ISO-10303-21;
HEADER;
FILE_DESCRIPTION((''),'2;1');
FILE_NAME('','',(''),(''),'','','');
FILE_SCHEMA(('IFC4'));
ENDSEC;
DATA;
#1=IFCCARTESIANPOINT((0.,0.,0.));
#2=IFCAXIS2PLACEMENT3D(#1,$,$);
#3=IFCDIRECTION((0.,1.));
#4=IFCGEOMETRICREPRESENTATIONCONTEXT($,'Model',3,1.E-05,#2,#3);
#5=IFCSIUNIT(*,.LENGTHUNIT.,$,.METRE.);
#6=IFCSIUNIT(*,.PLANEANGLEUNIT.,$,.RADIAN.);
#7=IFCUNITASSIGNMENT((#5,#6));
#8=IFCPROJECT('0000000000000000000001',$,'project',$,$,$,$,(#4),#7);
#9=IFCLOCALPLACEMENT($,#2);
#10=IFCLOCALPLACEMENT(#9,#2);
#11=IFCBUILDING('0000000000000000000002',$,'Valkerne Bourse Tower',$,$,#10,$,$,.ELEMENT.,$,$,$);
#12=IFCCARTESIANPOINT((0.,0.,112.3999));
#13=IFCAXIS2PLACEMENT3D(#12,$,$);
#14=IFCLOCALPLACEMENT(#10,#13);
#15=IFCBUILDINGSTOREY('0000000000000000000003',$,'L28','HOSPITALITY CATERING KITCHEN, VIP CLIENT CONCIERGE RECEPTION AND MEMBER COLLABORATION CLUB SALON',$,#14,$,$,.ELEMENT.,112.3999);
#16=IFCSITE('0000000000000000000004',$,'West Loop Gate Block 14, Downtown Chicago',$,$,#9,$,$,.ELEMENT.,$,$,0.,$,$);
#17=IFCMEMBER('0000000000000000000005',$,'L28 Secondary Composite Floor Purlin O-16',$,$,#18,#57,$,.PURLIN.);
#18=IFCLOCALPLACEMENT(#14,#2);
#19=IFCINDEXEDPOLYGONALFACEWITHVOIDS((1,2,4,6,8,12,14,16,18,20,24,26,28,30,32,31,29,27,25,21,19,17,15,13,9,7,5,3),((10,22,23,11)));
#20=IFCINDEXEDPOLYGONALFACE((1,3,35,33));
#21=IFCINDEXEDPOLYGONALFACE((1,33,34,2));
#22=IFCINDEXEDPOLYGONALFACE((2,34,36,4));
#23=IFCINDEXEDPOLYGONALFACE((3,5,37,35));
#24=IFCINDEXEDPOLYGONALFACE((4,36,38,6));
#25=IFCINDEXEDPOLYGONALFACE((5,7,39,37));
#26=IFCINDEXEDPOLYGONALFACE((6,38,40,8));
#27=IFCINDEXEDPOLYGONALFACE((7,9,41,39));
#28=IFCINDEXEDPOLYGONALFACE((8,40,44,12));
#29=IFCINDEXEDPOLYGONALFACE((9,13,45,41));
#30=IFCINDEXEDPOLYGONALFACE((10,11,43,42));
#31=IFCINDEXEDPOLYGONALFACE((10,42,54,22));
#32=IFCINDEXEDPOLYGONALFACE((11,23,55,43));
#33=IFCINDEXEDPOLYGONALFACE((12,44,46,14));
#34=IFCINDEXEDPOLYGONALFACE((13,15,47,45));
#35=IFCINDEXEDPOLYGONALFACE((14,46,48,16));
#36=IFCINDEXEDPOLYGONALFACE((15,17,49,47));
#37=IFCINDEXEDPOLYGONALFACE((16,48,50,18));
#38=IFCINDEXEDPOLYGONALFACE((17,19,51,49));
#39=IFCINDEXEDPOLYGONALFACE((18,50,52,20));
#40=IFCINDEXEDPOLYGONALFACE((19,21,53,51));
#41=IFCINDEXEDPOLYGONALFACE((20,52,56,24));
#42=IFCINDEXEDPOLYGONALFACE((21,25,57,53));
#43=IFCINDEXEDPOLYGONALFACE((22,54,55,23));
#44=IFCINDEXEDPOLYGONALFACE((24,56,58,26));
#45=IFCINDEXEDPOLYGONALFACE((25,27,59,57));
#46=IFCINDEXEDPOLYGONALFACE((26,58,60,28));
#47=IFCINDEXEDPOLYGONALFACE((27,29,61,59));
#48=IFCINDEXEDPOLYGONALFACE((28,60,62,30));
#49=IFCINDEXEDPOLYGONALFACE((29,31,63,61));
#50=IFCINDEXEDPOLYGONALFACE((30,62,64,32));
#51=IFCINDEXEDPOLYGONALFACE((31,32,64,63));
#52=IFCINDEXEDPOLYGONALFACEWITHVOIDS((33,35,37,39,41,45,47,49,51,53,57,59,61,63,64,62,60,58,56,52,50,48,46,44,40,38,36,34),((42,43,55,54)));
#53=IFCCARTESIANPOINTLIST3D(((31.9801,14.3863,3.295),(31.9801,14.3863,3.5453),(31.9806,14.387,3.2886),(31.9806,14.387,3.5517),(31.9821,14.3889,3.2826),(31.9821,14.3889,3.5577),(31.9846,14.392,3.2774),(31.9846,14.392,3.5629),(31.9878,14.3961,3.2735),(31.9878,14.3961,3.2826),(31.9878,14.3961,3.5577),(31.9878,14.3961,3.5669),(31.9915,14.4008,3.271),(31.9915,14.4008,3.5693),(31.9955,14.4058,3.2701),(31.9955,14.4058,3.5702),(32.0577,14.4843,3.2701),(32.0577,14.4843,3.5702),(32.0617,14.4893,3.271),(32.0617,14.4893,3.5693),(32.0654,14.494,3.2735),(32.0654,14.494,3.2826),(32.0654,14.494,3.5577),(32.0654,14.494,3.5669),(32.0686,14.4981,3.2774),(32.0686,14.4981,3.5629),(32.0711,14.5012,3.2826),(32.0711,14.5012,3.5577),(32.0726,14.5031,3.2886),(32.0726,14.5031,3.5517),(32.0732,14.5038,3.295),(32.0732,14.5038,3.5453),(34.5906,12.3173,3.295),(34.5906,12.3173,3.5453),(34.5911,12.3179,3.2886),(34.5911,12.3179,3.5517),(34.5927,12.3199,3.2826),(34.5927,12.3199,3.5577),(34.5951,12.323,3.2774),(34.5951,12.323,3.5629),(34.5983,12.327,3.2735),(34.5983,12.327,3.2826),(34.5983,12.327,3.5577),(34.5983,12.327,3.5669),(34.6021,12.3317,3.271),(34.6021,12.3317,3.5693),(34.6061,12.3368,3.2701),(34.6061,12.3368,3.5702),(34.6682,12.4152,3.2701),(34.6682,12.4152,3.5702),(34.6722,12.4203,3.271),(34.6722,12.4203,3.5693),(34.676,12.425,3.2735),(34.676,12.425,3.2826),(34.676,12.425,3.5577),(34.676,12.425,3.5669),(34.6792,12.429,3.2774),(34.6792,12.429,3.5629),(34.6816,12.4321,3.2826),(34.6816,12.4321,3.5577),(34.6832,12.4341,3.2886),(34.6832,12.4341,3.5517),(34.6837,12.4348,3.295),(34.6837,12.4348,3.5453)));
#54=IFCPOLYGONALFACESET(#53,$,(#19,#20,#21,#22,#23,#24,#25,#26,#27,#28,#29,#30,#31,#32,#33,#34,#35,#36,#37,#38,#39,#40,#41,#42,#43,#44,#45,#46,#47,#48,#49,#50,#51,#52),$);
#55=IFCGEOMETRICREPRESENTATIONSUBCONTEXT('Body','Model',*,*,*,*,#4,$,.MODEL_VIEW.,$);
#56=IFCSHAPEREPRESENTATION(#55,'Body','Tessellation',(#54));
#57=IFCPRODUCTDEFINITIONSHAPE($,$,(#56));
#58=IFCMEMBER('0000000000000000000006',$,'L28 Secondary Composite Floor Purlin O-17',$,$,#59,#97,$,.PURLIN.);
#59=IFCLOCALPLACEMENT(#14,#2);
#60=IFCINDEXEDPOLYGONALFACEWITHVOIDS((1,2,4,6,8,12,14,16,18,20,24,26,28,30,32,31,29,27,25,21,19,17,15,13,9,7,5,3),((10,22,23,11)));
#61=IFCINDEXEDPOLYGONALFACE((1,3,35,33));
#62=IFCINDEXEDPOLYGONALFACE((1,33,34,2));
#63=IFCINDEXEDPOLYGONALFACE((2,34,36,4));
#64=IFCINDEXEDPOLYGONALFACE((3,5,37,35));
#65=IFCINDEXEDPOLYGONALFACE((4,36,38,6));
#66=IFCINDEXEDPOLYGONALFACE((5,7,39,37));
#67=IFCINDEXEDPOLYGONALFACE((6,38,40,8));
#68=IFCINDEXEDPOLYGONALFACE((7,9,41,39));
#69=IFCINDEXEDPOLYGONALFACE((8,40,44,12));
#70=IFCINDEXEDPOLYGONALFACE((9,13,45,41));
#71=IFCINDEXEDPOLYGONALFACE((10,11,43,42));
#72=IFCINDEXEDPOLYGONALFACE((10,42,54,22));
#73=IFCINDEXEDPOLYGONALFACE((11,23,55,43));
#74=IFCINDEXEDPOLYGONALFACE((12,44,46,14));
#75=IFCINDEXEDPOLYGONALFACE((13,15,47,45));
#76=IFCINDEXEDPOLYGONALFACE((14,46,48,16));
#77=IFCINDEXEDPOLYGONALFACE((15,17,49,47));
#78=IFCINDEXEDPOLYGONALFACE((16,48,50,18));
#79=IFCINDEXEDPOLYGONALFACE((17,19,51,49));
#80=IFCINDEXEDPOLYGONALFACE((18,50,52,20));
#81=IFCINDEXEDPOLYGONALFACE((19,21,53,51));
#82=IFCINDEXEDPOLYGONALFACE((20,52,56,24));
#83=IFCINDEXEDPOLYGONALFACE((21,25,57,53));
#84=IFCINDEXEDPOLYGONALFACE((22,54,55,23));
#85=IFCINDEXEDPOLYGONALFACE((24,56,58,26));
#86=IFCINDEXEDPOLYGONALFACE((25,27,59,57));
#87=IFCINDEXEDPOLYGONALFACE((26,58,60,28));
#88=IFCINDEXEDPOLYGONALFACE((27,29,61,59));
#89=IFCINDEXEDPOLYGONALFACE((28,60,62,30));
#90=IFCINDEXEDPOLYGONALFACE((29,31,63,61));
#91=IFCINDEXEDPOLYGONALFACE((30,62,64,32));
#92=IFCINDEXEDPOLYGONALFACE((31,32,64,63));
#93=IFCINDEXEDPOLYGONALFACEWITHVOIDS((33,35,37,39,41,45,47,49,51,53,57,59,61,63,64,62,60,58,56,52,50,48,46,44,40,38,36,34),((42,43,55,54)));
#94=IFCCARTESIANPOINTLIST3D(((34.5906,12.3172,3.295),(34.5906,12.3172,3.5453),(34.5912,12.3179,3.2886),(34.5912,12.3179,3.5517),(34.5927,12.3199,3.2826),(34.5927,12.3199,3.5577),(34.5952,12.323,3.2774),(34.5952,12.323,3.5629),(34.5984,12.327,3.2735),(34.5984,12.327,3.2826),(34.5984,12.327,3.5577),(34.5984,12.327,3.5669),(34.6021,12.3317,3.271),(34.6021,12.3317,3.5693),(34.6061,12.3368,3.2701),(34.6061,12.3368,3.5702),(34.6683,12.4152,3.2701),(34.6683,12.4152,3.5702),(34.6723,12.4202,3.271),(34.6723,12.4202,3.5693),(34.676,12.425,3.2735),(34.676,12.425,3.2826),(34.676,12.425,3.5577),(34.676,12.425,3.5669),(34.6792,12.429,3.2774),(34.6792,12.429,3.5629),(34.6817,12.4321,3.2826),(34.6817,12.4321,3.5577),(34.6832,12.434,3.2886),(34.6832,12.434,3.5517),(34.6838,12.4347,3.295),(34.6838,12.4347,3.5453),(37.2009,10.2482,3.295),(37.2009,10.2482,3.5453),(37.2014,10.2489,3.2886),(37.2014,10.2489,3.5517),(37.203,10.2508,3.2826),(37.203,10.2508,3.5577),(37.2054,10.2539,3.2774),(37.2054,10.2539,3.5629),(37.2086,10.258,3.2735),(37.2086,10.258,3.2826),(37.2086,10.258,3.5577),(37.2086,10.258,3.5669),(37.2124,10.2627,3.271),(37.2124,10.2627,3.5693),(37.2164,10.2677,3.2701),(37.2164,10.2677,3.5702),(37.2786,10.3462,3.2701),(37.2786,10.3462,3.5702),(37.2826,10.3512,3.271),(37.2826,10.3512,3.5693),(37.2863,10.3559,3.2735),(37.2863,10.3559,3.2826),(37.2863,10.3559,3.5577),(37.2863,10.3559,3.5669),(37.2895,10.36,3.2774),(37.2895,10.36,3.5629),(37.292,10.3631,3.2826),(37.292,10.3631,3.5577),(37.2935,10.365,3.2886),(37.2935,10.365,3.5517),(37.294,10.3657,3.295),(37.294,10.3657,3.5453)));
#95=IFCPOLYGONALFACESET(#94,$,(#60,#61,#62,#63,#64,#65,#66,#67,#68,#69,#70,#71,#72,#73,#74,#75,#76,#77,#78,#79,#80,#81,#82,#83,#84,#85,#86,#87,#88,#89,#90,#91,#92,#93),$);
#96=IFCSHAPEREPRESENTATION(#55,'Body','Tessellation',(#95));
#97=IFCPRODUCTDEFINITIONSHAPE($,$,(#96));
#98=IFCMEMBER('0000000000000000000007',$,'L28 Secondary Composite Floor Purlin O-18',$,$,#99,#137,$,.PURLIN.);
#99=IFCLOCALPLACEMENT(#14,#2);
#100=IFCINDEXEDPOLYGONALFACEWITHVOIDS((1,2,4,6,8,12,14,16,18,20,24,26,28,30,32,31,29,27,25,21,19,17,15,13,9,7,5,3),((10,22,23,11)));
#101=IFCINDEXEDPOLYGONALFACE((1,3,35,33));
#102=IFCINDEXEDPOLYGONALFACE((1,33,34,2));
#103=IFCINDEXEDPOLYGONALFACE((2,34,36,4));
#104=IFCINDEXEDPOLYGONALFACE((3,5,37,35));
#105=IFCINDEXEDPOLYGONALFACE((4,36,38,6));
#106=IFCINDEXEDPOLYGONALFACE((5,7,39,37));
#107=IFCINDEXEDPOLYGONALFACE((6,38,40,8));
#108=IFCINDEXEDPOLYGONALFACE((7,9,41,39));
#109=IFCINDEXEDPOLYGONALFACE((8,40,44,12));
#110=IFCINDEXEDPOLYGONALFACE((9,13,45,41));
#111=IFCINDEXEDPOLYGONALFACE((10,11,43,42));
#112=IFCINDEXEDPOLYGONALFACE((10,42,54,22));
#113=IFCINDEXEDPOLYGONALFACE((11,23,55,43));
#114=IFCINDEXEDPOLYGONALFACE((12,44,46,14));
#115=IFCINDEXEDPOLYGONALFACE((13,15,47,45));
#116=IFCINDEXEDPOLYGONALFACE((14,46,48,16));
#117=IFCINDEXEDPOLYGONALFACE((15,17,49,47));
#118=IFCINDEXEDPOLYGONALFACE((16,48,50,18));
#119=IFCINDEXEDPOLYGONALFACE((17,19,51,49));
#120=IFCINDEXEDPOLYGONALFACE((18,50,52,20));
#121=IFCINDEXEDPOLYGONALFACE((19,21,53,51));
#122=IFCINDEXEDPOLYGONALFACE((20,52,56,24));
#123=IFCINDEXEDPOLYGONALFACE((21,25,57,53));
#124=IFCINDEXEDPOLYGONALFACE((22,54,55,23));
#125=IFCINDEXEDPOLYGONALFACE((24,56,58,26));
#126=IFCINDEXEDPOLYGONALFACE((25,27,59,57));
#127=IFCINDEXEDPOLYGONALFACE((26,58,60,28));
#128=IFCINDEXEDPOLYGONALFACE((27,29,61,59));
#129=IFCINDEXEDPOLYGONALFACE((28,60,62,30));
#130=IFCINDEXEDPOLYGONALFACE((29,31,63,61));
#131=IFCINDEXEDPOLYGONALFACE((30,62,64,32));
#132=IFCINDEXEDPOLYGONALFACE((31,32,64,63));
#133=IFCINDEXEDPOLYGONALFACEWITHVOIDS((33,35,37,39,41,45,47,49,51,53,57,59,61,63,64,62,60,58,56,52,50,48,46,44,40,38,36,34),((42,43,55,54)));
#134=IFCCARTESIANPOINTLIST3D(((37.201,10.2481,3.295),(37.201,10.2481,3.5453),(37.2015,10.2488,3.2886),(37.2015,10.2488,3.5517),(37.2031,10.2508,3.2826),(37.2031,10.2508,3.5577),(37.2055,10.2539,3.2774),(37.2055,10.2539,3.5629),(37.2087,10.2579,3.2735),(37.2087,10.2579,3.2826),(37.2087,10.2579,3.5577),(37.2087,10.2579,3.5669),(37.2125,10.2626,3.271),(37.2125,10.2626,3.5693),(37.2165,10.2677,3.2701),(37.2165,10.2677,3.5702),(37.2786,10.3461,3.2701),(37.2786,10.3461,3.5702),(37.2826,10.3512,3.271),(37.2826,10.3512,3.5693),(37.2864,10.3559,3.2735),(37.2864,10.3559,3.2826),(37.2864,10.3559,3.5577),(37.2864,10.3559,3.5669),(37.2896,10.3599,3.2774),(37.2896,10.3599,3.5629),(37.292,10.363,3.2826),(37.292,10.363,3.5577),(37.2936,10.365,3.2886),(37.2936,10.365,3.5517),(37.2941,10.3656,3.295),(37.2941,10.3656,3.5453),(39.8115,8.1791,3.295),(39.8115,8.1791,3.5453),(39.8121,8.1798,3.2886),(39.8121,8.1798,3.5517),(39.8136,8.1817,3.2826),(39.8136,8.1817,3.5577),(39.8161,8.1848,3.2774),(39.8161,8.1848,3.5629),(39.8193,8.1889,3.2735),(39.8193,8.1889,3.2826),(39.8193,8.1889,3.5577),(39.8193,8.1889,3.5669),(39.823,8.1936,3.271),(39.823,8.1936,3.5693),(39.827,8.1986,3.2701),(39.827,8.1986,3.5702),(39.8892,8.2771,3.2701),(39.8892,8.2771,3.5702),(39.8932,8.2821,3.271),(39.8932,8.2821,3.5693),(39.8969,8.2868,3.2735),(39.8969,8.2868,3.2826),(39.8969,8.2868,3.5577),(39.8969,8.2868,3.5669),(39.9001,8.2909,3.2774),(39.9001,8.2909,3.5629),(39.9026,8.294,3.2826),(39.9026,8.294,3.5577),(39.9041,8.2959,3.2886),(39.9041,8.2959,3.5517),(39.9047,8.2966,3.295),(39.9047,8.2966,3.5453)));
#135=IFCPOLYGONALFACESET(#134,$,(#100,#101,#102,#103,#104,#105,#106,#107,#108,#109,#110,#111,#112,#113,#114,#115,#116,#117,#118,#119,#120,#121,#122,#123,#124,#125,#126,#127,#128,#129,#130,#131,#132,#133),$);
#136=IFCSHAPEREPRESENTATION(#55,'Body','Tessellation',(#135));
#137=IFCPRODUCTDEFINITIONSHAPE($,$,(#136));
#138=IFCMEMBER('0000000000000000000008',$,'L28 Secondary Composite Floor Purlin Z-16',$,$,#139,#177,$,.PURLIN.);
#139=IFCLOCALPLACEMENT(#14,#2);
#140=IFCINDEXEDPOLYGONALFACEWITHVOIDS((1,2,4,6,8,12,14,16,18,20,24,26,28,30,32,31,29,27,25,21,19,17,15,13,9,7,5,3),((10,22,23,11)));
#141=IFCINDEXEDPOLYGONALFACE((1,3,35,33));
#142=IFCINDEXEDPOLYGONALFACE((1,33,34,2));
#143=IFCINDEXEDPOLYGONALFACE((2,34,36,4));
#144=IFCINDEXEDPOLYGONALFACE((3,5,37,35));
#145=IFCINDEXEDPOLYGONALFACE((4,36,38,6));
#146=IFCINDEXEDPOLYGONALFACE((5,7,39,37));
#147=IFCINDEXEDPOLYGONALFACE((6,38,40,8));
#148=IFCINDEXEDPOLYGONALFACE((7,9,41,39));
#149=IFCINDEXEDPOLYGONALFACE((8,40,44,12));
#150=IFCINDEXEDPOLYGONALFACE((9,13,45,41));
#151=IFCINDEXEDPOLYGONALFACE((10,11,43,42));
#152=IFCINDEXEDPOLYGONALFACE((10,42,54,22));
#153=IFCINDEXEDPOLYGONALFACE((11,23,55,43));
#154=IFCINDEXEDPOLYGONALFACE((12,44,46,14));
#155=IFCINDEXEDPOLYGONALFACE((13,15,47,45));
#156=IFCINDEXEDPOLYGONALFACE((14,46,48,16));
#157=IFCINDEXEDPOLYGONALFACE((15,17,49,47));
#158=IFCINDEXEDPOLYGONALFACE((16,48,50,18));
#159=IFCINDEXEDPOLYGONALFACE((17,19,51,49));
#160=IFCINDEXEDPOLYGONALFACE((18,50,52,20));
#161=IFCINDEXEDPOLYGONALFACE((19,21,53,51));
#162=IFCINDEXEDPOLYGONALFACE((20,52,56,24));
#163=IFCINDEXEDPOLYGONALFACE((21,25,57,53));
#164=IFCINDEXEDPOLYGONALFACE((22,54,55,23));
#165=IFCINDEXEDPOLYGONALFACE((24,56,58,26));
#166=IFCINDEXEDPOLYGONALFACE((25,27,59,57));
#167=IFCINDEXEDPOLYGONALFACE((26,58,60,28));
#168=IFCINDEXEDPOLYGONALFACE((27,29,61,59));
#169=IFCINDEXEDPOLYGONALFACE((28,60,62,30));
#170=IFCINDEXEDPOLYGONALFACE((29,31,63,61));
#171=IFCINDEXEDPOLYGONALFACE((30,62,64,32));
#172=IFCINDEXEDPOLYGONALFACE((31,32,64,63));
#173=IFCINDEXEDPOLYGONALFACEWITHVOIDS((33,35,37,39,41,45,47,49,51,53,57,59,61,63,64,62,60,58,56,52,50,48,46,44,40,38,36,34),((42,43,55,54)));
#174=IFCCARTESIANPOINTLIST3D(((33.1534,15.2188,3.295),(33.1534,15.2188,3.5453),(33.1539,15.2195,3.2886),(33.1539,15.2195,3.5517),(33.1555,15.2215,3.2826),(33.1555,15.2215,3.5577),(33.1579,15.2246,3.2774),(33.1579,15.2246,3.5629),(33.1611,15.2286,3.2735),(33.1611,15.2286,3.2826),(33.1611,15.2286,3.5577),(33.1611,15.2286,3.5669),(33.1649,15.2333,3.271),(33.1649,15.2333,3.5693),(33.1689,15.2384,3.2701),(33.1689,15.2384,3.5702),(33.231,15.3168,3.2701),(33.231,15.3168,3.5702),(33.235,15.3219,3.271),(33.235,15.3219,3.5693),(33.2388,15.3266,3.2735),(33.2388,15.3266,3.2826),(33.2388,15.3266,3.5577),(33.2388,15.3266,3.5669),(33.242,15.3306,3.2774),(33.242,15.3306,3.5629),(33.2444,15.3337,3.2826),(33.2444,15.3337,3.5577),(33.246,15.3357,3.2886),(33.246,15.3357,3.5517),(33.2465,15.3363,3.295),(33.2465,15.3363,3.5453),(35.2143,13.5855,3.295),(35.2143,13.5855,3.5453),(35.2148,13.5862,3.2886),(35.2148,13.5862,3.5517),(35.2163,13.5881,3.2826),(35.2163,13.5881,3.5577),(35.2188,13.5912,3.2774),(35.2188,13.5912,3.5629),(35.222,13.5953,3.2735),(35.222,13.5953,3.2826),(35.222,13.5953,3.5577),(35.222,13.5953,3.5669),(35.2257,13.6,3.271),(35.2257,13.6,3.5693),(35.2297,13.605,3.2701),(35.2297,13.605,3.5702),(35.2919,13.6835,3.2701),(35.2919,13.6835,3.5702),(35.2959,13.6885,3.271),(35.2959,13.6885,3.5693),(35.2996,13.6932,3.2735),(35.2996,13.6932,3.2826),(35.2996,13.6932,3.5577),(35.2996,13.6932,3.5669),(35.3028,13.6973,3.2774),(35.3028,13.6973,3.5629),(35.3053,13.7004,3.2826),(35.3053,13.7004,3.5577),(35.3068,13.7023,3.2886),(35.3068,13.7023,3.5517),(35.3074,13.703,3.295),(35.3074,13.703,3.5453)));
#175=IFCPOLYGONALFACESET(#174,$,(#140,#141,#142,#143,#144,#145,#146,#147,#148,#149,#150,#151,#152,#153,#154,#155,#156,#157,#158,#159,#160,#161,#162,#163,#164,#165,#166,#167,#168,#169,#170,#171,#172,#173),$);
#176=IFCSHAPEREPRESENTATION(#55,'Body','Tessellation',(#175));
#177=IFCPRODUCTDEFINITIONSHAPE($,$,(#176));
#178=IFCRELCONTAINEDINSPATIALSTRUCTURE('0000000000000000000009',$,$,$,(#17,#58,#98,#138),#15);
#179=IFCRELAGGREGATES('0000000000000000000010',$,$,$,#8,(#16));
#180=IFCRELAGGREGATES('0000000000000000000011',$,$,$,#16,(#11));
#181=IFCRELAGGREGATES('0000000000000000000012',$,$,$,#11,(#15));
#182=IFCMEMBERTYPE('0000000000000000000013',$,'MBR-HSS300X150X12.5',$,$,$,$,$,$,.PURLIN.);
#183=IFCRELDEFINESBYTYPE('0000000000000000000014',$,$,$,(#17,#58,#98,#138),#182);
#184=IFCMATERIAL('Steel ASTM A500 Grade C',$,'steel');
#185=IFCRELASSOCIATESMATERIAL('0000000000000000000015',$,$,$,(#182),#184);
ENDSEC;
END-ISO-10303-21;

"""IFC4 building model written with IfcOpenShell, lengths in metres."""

from ifc_helpers import new_model, si_unit, direction, frame, origin, origin_2d, place, context, subcontext, project, spatial, hollow_rectangle, extrude, material, material_profile, profile_set, type_object, element, save


model = new_model("IFC4")

# Units and contexts
model_context = context("Model", 3, precision=1e-05, world=origin(), true_north=direction((0.0, 1.0)))
body_context = subcontext(model_context, "Body", "Model", "MODEL_VIEW")
ifc_project = project(units=[si_unit("LENGTHUNIT", "METRE"), si_unit("PLANEANGLEUNIT", "RADIAN")], contexts=[model_context])

# Site, building, storey
site_placement = place(None, origin())
site = spatial("IfcSite", under=ifc_project, at=site_placement, Name="West Loop Gate Block 14, Downtown Chicago", CompositionType="ELEMENT", RefElevation=0.0)
building_placement = place(site_placement, origin())
building = spatial("IfcBuilding", under=site, at=building_placement, Name="Valkerne Bourse Tower", CompositionType="ELEMENT")
storey_placement = place(building_placement, frame((0.0, 0.0, 112.3999)))
storey = spatial("IfcBuildingStorey", under=building, at=storey_placement, Name="L28", Description="HOSPITALITY CATERING KITCHEN, VIP CLIENT CONCIERGE RECEPTION AND MEMBER COLLABORATION CLUB SALON", CompositionType="ELEMENT", Elevation=112.3999)

# Members
ifc_material_1 = material(Name="Steel ASTM A500 Grade C", Category="steel")
ifc_material_profile_1 = material_profile(ifc_material_1, hollow_rectangle(XDim=0.1499, YDim=0.3, WallThickness=0.0125, OuterFilletRadius=0.0249, at=origin_2d()), Name="HSS300X150X12.5")
ifc_profile_set_1 = profile_set([ifc_material_profile_1], Name="Steel ASTM A500 Grade C")
member_type_1 = type_object("IfcMemberType", Name="MBR-HSS300X150X12.5", PredefinedType="PURLIN", material=ifc_profile_set_1)
member_1_placement = place(storey_placement, frame((32.0266, 14.4451, 3.4202), z_axis=(0.783699, -0.62114, 0.0), x_axis=(0.62114, 0.783699, 0.0)))
element("IfcMember", 1, at=member_1_placement, inside=storey, type_object=member_type_1, Name="L28 Secondary Composite Floor Purlin O-16", PredefinedType="PURLIN", context=body_context, shape_type="SweptSolid", body=[
    extrude(hollow_rectangle(XDim=0.1499, YDim=0.3, WallThickness=0.0125, OuterFilletRadius=0.0249, at=origin_2d()), origin(), (0.0, 0.0, 1.0), 3.3311),
])
member_2_placement = place(storey_placement, frame((34.6372, 12.376, 3.4202), z_axis=(0.783671, -0.621176, 0.0), x_axis=(0.621176, 0.783671, 0.0)))
element("IfcMember", 2, at=member_2_placement, inside=storey, type_object=member_type_1, Name="L28 Secondary Composite Floor Purlin O-17", PredefinedType="PURLIN", context=body_context, shape_type="SweptSolid", body=[
    extrude(hollow_rectangle(XDim=0.1499, YDim=0.3, WallThickness=0.0125, OuterFilletRadius=0.0249, at=origin_2d()), origin(), (0.0, 0.0, 1.0), 3.3308),
])
member_3_placement = place(storey_placement, frame((37.2476, 10.3069, 3.4202), z_axis=(0.783699, -0.62114, 0.0), x_axis=(0.62114, 0.783699, 0.0)))
element("IfcMember", 3, at=member_3_placement, inside=storey, type_object=member_type_1, Name="L28 Secondary Composite Floor Purlin O-18", PredefinedType="PURLIN", context=body_context, shape_type="SweptSolid", body=[
    extrude(hollow_rectangle(XDim=0.1499, YDim=0.3, WallThickness=0.0125, OuterFilletRadius=0.0249, at=origin_2d()), origin(), (0.0, 0.0, 1.0), 3.3311),
])
member_4_placement = place(storey_placement, frame((33.2, 15.2776, 3.4202), z_axis=(0.783705, -0.621133, 0.0), x_axis=(0.621133, 0.783705, 0.0)))
element("IfcMember", 4, at=member_4_placement, inside=storey, type_object=member_type_1, Name="L28 Secondary Composite Floor Purlin Z-16", PredefinedType="PURLIN", context=body_context, shape_type="SweptSolid", body=[
    extrude(hollow_rectangle(XDim=0.1499, YDim=0.3, WallThickness=0.0125, OuterFilletRadius=0.0249, at=origin_2d()), origin(), (0.0, 0.0, 1.0), 2.6296),
])

save(model, "model.ifc")
